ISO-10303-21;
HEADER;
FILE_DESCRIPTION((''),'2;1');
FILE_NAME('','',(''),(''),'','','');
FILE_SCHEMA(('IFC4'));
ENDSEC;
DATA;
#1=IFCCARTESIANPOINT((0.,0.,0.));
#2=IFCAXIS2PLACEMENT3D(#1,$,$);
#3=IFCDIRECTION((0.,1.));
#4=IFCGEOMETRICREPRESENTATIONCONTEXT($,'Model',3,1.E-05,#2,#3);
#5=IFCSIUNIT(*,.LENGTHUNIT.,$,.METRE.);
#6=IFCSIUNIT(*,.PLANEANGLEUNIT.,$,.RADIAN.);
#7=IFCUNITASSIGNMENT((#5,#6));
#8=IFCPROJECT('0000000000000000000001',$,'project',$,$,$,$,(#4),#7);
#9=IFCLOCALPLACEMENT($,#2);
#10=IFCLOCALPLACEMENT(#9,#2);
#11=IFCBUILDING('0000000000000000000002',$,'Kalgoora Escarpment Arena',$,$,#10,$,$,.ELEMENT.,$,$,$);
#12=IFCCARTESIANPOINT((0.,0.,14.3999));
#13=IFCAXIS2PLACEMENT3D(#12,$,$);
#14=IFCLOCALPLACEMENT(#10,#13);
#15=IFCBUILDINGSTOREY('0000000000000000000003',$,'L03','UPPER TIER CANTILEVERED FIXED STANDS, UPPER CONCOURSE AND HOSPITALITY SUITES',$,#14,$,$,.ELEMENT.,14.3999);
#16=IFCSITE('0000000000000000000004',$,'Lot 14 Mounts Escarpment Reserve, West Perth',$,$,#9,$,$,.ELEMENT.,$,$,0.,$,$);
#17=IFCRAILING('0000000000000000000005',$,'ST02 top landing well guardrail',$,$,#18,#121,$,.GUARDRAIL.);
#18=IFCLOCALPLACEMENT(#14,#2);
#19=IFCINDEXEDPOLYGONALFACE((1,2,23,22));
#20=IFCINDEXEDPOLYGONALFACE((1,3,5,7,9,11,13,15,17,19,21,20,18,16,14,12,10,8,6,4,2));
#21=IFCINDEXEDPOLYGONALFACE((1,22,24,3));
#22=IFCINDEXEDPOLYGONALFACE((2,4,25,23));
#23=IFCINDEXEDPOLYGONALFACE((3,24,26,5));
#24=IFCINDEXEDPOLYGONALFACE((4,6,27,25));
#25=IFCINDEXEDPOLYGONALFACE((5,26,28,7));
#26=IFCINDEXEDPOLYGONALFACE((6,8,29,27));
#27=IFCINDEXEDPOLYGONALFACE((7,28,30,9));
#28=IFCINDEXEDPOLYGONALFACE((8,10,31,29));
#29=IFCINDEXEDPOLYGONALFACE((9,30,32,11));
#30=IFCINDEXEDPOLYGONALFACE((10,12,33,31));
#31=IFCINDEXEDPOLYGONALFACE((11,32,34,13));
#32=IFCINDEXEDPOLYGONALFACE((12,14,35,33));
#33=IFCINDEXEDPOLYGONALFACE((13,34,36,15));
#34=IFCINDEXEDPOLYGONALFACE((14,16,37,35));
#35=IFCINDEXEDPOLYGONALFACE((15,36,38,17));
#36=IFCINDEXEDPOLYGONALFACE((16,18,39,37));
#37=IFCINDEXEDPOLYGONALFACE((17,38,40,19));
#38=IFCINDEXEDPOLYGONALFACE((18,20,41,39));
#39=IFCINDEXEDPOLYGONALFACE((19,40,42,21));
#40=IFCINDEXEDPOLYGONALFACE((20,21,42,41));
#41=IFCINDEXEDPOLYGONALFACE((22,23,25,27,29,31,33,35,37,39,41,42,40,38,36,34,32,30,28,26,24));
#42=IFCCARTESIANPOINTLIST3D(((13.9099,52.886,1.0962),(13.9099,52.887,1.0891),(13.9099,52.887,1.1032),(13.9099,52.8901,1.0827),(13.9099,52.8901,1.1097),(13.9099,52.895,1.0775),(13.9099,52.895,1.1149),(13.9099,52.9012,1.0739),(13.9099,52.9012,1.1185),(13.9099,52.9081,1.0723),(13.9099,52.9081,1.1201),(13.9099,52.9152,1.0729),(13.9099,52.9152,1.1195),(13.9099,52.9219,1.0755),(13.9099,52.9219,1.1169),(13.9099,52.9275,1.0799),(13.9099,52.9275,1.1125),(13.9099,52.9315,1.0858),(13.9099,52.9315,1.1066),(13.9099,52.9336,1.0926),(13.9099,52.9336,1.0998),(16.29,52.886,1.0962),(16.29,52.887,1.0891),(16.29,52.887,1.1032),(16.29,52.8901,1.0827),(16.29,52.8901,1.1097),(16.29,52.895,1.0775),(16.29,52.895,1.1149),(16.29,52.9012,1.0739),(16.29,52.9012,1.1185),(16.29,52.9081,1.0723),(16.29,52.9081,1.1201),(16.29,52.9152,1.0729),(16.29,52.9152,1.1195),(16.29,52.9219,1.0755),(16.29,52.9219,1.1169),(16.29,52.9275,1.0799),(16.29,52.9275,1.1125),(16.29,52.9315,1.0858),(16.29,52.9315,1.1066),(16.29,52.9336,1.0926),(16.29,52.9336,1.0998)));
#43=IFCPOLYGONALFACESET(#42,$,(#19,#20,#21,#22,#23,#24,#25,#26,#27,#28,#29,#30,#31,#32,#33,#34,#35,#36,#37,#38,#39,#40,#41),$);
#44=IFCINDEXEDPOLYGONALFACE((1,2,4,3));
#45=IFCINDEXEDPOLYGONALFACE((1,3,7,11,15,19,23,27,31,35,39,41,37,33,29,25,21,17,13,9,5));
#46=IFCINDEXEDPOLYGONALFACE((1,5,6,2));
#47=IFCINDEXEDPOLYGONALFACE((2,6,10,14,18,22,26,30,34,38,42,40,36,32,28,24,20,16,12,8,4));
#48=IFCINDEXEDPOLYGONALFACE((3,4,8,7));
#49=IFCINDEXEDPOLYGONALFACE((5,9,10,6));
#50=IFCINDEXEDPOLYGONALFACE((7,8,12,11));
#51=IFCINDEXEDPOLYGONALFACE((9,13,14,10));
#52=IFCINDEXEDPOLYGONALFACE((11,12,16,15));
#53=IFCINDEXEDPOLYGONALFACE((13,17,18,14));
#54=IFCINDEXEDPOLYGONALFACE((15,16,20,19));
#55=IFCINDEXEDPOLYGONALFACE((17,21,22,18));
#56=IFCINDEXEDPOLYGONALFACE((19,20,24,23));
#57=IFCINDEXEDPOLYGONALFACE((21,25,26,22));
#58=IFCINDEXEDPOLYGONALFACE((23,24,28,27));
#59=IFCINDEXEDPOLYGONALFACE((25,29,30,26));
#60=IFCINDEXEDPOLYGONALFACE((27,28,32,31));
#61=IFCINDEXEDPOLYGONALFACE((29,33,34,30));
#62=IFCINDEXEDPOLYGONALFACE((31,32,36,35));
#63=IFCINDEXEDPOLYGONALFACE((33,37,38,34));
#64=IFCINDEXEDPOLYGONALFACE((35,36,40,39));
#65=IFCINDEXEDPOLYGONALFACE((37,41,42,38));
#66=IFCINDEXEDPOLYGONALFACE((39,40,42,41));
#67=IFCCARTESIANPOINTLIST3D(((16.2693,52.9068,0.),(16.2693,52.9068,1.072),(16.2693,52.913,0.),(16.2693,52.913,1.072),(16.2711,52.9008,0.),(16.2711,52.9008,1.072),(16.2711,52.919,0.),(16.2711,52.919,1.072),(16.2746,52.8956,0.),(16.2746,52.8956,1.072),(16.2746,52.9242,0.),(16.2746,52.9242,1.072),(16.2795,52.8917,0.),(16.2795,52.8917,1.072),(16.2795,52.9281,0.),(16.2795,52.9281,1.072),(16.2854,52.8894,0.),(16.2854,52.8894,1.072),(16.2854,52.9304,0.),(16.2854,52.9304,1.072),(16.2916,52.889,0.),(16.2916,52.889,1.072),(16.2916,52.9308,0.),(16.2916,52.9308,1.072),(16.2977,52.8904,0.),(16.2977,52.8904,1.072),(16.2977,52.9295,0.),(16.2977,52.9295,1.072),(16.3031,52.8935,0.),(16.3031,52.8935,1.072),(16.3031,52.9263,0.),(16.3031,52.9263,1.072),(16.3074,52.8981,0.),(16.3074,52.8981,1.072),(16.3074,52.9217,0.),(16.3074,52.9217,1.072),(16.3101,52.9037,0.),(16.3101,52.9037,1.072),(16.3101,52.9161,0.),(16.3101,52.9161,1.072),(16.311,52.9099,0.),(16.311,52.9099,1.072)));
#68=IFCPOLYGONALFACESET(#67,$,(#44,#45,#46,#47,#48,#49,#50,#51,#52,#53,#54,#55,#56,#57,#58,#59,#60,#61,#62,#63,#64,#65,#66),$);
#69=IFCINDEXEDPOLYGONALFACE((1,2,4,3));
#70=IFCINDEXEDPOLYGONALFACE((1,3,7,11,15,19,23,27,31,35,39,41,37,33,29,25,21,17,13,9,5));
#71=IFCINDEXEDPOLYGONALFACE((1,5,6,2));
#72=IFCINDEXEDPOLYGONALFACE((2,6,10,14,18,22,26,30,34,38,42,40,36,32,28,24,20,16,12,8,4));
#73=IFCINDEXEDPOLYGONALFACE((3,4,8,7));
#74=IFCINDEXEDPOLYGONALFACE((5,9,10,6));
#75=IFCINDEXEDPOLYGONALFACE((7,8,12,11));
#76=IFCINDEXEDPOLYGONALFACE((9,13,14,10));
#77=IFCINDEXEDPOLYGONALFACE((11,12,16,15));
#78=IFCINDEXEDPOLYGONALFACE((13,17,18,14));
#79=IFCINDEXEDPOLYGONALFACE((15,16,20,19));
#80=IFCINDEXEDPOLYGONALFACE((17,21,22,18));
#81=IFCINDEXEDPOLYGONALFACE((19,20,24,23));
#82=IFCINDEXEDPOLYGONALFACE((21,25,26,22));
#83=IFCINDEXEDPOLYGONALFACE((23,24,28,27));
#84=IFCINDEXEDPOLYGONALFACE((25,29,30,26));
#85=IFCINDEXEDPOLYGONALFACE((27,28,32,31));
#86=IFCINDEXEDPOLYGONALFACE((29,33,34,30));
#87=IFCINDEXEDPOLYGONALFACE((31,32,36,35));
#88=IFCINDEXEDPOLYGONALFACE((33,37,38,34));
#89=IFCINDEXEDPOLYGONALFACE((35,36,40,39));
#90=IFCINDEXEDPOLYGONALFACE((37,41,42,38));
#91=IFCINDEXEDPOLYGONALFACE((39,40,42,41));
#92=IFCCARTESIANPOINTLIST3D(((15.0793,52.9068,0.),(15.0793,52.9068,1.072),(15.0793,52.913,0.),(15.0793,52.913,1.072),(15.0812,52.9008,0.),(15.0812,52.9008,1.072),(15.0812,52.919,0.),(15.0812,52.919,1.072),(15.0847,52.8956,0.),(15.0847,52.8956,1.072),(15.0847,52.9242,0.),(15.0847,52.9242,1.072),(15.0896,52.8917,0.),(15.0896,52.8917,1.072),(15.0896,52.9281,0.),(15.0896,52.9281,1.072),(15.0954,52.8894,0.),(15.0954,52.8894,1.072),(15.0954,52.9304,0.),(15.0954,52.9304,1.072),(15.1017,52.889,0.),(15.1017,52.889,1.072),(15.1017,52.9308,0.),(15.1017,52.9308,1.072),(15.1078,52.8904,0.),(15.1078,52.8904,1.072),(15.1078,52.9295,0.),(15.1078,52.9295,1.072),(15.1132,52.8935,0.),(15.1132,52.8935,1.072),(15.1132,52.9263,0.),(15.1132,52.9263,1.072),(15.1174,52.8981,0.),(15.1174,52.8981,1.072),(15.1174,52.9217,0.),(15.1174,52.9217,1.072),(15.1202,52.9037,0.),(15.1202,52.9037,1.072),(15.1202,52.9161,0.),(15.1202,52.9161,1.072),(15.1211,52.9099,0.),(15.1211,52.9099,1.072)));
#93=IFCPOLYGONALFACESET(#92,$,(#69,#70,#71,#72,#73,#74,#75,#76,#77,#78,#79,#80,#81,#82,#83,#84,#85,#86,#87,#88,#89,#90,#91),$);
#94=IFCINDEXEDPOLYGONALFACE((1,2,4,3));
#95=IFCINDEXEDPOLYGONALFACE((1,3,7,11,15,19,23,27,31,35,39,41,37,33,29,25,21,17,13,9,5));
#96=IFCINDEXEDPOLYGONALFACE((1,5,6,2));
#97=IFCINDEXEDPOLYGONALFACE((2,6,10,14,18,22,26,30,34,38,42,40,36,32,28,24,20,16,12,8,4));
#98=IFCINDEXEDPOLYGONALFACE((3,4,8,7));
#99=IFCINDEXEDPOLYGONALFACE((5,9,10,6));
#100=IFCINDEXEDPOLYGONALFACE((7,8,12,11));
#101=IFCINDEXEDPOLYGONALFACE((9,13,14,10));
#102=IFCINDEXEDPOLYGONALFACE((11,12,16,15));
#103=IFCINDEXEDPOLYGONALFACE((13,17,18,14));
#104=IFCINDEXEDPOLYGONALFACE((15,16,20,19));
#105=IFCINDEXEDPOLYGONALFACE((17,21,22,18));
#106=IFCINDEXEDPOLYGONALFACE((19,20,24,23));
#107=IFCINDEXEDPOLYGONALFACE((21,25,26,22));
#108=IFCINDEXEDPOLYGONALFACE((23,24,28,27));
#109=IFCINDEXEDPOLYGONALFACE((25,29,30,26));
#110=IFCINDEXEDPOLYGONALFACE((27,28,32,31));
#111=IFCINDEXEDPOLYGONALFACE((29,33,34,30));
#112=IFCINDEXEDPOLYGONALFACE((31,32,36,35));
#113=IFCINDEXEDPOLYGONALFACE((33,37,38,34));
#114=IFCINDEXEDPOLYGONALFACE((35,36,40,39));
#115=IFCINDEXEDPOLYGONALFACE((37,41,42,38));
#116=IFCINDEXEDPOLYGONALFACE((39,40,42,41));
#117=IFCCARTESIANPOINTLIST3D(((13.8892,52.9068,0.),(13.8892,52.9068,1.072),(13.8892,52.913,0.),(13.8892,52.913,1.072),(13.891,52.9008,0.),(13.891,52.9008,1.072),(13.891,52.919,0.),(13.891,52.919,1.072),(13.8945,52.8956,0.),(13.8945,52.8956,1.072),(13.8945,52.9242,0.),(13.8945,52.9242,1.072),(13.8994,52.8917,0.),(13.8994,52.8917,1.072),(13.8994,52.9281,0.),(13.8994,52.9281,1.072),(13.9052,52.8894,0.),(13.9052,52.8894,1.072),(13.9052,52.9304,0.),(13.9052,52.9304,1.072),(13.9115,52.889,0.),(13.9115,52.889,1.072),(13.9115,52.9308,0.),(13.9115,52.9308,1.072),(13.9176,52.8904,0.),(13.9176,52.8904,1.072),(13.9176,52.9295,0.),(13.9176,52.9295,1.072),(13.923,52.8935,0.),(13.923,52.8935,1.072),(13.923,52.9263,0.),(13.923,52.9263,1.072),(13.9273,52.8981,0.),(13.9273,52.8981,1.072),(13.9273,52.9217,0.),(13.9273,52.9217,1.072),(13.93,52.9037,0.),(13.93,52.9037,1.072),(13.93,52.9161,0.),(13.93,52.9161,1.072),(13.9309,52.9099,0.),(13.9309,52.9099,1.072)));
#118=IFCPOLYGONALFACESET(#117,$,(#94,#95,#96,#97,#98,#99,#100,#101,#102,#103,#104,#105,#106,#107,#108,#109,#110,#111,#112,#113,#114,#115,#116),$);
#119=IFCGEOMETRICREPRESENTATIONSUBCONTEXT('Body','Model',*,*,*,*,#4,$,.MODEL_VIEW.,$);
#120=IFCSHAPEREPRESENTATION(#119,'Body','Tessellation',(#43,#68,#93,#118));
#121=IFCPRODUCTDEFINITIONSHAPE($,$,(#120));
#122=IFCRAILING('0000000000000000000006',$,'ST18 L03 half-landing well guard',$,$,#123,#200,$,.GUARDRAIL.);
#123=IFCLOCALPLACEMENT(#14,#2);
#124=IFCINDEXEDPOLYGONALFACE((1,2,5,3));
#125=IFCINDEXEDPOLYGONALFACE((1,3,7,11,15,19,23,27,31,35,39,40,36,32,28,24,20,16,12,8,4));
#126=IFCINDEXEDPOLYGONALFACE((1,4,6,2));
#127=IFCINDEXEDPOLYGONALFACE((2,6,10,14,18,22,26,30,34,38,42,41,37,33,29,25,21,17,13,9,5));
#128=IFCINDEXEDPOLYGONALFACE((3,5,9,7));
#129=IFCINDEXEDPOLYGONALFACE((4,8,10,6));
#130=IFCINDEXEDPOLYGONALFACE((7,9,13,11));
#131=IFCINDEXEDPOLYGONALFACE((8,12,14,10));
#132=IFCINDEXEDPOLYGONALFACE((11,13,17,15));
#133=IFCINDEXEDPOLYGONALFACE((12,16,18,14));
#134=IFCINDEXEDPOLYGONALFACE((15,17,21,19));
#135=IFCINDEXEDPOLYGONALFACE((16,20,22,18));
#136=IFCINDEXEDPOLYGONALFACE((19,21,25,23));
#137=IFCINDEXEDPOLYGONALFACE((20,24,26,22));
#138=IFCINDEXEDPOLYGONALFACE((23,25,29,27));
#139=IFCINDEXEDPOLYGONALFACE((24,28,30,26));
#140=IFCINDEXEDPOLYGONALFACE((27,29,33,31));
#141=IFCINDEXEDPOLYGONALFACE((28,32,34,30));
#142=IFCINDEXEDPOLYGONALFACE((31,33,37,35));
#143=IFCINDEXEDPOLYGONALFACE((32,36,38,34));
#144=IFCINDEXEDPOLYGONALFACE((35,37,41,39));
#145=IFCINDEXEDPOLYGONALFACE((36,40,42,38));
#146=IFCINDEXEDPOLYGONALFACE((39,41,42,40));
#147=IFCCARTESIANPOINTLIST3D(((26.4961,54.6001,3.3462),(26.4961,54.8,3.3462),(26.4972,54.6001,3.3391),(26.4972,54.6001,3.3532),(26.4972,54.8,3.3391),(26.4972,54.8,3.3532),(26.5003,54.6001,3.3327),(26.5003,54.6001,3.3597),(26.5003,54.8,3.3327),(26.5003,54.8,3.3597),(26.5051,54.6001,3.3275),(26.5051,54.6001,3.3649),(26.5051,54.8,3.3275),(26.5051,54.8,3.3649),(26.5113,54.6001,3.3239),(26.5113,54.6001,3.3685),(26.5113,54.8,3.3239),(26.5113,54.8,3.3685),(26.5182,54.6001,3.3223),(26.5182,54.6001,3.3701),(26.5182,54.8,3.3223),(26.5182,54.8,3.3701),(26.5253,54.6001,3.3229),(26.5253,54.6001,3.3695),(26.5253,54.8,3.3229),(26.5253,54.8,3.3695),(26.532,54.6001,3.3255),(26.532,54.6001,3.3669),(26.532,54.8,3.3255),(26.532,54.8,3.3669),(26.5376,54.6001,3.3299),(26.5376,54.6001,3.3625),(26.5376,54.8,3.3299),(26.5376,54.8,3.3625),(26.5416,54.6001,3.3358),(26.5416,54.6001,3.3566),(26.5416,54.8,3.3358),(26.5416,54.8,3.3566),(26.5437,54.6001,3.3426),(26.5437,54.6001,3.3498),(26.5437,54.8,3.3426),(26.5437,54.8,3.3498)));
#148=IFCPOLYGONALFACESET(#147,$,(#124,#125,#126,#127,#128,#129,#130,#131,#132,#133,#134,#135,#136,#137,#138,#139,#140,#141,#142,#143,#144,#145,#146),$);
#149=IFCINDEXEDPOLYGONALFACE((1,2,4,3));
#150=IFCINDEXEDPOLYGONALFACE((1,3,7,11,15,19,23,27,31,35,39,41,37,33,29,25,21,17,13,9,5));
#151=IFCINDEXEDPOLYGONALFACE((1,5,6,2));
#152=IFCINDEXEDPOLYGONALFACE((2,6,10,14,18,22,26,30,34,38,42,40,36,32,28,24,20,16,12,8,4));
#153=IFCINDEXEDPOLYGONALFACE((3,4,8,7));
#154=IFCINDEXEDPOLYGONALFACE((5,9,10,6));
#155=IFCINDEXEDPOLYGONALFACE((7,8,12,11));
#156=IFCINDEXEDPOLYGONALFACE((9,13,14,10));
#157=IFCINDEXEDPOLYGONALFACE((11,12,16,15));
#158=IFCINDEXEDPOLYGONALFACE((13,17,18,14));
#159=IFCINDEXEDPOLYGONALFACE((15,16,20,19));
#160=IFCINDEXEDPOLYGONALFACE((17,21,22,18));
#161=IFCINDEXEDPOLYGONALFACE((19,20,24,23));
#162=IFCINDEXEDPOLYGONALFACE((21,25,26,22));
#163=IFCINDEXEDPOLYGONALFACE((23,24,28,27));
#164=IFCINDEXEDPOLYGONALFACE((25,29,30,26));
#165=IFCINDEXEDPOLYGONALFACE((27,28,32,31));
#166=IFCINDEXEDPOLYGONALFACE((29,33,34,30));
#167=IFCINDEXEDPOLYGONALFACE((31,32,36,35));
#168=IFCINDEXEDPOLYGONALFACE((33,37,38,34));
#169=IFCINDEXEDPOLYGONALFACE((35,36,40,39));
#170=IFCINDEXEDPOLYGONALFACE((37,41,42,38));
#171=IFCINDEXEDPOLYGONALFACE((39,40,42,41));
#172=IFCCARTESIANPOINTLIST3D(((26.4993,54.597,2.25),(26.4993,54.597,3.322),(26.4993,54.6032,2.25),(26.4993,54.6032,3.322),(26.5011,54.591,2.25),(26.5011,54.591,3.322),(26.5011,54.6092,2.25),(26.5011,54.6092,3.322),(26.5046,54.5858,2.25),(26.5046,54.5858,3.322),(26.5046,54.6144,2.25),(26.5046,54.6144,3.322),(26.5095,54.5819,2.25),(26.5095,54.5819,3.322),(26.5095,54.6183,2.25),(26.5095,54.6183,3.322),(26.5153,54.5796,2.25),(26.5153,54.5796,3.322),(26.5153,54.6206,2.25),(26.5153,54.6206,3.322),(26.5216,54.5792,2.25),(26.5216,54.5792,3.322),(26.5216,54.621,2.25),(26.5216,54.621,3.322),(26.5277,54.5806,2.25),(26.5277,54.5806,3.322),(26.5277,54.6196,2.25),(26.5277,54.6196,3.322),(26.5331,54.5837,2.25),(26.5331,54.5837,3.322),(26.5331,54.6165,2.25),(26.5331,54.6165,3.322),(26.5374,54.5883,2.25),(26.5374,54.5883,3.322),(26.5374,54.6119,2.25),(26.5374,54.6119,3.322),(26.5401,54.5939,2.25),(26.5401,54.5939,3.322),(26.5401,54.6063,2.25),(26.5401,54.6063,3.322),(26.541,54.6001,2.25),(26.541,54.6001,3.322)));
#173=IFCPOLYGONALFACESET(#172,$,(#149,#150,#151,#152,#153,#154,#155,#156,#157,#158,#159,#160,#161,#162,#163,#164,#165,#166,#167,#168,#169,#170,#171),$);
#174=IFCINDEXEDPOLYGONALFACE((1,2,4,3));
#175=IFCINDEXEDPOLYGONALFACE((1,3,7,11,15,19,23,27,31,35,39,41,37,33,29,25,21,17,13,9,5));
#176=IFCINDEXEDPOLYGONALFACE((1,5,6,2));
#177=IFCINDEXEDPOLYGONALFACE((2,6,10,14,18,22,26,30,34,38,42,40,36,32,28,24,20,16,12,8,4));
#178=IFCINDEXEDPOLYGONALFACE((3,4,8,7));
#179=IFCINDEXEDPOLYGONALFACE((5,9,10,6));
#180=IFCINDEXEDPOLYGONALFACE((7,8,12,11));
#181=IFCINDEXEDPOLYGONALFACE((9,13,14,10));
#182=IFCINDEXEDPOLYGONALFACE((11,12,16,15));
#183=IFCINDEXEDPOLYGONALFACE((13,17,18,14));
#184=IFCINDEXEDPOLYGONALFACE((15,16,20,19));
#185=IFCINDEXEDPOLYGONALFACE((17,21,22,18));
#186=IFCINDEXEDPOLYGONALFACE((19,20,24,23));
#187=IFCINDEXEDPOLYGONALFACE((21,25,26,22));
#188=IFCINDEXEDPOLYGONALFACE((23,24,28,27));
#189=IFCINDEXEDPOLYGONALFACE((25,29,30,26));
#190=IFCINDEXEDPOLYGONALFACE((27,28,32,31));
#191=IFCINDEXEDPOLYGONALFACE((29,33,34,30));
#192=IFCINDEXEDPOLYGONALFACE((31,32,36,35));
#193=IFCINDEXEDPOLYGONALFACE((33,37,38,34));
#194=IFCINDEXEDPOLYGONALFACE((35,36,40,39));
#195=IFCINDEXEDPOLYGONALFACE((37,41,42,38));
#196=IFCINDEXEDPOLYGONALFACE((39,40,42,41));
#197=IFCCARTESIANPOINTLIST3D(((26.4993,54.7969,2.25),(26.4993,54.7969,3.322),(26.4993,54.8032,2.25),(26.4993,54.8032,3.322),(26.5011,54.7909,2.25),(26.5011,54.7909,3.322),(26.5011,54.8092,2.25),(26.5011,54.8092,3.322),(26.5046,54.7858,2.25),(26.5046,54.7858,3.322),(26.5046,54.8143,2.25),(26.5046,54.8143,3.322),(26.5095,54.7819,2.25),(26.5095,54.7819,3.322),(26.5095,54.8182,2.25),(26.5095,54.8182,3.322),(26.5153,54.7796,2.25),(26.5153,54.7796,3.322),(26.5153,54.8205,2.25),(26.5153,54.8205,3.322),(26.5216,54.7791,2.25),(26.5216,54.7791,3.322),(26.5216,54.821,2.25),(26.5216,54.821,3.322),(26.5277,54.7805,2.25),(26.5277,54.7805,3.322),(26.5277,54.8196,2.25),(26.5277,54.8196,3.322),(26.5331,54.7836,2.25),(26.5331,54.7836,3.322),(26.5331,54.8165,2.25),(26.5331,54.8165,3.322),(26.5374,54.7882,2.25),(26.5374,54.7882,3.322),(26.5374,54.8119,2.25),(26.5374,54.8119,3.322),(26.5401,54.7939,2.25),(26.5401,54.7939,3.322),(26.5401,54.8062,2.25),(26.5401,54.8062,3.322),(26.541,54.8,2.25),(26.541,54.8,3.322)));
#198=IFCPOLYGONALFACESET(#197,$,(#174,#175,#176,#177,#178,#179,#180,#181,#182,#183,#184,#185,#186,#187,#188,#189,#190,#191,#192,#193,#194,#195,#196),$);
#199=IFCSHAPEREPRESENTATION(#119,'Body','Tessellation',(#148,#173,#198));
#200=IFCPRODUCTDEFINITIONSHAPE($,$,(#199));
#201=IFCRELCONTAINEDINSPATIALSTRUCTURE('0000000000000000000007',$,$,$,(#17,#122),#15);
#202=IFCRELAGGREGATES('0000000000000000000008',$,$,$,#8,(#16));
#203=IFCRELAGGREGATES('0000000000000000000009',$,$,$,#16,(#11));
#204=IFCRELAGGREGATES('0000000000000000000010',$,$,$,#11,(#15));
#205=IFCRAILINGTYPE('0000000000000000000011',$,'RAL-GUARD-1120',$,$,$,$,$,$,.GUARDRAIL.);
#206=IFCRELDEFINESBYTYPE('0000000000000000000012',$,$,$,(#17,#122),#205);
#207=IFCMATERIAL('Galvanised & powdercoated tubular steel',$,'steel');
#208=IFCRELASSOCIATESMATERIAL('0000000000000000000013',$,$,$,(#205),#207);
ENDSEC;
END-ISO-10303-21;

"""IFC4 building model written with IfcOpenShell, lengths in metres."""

from ifc_helpers import new_model, si_unit, direction, frame, origin, origin_2d, place, context, subcontext, project, spatial, circle, extrude, material, type_object, element, save


model = new_model("IFC4")

# Units and contexts
model_context = context("Model", 3, precision=1e-05, world=origin(), true_north=direction((0.0, 1.0)))
body_context = subcontext(model_context, "Body", "Model", "MODEL_VIEW")
ifc_project = project(units=[si_unit("LENGTHUNIT", "METRE"), si_unit("PLANEANGLEUNIT", "RADIAN")], contexts=[model_context])

# Site, building, storey
site_placement = place(None, origin())
site = spatial("IfcSite", under=ifc_project, at=site_placement, Name="Lot 14 Mounts Escarpment Reserve, West Perth", CompositionType="ELEMENT", RefElevation=0.0)
building_placement = place(site_placement, origin())
building = spatial("IfcBuilding", under=site, at=building_placement, Name="Kalgoora Escarpment Arena", CompositionType="ELEMENT")
storey_placement = place(building_placement, frame((0.0, 0.0, 14.3999)))
storey = spatial("IfcBuildingStorey", under=building, at=storey_placement, Name="L03", Description="UPPER TIER CANTILEVERED FIXED STANDS, UPPER CONCOURSE AND HOSPITALITY SUITES", CompositionType="ELEMENT", Elevation=14.3999)

# Railings
ifc_material_1 = material(Name="Galvanised & powdercoated tubular steel", Category="steel")
railing_type_1 = type_object("IfcRailingType", Name="RAL-GUARD-1120", PredefinedType="GUARDRAIL", material=ifc_material_1)
railing_1_placement = place(storey_placement, frame((16.29, 52.9099, 0.0)))
element("IfcRailing", 1, at=railing_1_placement, inside=storey, type_object=railing_type_1, Name="ST02 top landing well guardrail", PredefinedType="GUARDRAIL", context=body_context, shape_type="SweptSolid", body=[
    extrude(circle(Radius=0.0239, at=origin_2d()), frame((0.0, 0.0, 1.0962), z_axis=(-1.0, 0.0, 0.0), x_axis=(0.0, -1.0, 0.0)), (0.0, 0.0, 1.0), 2.3801),
    extrude(circle(Radius=0.021, at=origin_2d()), origin(), (0.0, 0.0, 1.0), 1.072),
    extrude(circle(Radius=0.021, at=origin_2d()), frame((-1.1899, 0.0, 0.0)), (0.0, 0.0, 1.0), 1.072),
    extrude(circle(Radius=0.021, at=origin_2d()), frame((-2.3801, 0.0, 0.0)), (0.0, 0.0, 1.0), 1.072),
])
railing_2_placement = place(storey_placement, frame((26.52, 54.6001, 2.25)))
element("IfcRailing", 2, at=railing_2_placement, inside=storey, type_object=railing_type_1, Name="ST18 L03 half-landing well guard", PredefinedType="GUARDRAIL", context=body_context, shape_type="SweptSolid", body=[
    extrude(circle(Radius=0.0239, at=origin_2d()), frame((0.0, 0.0, 1.0962), z_axis=(0.0, 1.0, 0.0), x_axis=(-1.0, 0.0, 0.0)), (0.0, 0.0, 1.0), 0.2),
    extrude(circle(Radius=0.021, at=origin_2d()), origin(), (0.0, 0.0, 1.0), 1.072),
    extrude(circle(Radius=0.021, at=origin_2d()), frame((0.0, 0.2, 0.0)), (0.0, 0.0, 1.0), 1.072),
])

save(model, "model.ifc")
